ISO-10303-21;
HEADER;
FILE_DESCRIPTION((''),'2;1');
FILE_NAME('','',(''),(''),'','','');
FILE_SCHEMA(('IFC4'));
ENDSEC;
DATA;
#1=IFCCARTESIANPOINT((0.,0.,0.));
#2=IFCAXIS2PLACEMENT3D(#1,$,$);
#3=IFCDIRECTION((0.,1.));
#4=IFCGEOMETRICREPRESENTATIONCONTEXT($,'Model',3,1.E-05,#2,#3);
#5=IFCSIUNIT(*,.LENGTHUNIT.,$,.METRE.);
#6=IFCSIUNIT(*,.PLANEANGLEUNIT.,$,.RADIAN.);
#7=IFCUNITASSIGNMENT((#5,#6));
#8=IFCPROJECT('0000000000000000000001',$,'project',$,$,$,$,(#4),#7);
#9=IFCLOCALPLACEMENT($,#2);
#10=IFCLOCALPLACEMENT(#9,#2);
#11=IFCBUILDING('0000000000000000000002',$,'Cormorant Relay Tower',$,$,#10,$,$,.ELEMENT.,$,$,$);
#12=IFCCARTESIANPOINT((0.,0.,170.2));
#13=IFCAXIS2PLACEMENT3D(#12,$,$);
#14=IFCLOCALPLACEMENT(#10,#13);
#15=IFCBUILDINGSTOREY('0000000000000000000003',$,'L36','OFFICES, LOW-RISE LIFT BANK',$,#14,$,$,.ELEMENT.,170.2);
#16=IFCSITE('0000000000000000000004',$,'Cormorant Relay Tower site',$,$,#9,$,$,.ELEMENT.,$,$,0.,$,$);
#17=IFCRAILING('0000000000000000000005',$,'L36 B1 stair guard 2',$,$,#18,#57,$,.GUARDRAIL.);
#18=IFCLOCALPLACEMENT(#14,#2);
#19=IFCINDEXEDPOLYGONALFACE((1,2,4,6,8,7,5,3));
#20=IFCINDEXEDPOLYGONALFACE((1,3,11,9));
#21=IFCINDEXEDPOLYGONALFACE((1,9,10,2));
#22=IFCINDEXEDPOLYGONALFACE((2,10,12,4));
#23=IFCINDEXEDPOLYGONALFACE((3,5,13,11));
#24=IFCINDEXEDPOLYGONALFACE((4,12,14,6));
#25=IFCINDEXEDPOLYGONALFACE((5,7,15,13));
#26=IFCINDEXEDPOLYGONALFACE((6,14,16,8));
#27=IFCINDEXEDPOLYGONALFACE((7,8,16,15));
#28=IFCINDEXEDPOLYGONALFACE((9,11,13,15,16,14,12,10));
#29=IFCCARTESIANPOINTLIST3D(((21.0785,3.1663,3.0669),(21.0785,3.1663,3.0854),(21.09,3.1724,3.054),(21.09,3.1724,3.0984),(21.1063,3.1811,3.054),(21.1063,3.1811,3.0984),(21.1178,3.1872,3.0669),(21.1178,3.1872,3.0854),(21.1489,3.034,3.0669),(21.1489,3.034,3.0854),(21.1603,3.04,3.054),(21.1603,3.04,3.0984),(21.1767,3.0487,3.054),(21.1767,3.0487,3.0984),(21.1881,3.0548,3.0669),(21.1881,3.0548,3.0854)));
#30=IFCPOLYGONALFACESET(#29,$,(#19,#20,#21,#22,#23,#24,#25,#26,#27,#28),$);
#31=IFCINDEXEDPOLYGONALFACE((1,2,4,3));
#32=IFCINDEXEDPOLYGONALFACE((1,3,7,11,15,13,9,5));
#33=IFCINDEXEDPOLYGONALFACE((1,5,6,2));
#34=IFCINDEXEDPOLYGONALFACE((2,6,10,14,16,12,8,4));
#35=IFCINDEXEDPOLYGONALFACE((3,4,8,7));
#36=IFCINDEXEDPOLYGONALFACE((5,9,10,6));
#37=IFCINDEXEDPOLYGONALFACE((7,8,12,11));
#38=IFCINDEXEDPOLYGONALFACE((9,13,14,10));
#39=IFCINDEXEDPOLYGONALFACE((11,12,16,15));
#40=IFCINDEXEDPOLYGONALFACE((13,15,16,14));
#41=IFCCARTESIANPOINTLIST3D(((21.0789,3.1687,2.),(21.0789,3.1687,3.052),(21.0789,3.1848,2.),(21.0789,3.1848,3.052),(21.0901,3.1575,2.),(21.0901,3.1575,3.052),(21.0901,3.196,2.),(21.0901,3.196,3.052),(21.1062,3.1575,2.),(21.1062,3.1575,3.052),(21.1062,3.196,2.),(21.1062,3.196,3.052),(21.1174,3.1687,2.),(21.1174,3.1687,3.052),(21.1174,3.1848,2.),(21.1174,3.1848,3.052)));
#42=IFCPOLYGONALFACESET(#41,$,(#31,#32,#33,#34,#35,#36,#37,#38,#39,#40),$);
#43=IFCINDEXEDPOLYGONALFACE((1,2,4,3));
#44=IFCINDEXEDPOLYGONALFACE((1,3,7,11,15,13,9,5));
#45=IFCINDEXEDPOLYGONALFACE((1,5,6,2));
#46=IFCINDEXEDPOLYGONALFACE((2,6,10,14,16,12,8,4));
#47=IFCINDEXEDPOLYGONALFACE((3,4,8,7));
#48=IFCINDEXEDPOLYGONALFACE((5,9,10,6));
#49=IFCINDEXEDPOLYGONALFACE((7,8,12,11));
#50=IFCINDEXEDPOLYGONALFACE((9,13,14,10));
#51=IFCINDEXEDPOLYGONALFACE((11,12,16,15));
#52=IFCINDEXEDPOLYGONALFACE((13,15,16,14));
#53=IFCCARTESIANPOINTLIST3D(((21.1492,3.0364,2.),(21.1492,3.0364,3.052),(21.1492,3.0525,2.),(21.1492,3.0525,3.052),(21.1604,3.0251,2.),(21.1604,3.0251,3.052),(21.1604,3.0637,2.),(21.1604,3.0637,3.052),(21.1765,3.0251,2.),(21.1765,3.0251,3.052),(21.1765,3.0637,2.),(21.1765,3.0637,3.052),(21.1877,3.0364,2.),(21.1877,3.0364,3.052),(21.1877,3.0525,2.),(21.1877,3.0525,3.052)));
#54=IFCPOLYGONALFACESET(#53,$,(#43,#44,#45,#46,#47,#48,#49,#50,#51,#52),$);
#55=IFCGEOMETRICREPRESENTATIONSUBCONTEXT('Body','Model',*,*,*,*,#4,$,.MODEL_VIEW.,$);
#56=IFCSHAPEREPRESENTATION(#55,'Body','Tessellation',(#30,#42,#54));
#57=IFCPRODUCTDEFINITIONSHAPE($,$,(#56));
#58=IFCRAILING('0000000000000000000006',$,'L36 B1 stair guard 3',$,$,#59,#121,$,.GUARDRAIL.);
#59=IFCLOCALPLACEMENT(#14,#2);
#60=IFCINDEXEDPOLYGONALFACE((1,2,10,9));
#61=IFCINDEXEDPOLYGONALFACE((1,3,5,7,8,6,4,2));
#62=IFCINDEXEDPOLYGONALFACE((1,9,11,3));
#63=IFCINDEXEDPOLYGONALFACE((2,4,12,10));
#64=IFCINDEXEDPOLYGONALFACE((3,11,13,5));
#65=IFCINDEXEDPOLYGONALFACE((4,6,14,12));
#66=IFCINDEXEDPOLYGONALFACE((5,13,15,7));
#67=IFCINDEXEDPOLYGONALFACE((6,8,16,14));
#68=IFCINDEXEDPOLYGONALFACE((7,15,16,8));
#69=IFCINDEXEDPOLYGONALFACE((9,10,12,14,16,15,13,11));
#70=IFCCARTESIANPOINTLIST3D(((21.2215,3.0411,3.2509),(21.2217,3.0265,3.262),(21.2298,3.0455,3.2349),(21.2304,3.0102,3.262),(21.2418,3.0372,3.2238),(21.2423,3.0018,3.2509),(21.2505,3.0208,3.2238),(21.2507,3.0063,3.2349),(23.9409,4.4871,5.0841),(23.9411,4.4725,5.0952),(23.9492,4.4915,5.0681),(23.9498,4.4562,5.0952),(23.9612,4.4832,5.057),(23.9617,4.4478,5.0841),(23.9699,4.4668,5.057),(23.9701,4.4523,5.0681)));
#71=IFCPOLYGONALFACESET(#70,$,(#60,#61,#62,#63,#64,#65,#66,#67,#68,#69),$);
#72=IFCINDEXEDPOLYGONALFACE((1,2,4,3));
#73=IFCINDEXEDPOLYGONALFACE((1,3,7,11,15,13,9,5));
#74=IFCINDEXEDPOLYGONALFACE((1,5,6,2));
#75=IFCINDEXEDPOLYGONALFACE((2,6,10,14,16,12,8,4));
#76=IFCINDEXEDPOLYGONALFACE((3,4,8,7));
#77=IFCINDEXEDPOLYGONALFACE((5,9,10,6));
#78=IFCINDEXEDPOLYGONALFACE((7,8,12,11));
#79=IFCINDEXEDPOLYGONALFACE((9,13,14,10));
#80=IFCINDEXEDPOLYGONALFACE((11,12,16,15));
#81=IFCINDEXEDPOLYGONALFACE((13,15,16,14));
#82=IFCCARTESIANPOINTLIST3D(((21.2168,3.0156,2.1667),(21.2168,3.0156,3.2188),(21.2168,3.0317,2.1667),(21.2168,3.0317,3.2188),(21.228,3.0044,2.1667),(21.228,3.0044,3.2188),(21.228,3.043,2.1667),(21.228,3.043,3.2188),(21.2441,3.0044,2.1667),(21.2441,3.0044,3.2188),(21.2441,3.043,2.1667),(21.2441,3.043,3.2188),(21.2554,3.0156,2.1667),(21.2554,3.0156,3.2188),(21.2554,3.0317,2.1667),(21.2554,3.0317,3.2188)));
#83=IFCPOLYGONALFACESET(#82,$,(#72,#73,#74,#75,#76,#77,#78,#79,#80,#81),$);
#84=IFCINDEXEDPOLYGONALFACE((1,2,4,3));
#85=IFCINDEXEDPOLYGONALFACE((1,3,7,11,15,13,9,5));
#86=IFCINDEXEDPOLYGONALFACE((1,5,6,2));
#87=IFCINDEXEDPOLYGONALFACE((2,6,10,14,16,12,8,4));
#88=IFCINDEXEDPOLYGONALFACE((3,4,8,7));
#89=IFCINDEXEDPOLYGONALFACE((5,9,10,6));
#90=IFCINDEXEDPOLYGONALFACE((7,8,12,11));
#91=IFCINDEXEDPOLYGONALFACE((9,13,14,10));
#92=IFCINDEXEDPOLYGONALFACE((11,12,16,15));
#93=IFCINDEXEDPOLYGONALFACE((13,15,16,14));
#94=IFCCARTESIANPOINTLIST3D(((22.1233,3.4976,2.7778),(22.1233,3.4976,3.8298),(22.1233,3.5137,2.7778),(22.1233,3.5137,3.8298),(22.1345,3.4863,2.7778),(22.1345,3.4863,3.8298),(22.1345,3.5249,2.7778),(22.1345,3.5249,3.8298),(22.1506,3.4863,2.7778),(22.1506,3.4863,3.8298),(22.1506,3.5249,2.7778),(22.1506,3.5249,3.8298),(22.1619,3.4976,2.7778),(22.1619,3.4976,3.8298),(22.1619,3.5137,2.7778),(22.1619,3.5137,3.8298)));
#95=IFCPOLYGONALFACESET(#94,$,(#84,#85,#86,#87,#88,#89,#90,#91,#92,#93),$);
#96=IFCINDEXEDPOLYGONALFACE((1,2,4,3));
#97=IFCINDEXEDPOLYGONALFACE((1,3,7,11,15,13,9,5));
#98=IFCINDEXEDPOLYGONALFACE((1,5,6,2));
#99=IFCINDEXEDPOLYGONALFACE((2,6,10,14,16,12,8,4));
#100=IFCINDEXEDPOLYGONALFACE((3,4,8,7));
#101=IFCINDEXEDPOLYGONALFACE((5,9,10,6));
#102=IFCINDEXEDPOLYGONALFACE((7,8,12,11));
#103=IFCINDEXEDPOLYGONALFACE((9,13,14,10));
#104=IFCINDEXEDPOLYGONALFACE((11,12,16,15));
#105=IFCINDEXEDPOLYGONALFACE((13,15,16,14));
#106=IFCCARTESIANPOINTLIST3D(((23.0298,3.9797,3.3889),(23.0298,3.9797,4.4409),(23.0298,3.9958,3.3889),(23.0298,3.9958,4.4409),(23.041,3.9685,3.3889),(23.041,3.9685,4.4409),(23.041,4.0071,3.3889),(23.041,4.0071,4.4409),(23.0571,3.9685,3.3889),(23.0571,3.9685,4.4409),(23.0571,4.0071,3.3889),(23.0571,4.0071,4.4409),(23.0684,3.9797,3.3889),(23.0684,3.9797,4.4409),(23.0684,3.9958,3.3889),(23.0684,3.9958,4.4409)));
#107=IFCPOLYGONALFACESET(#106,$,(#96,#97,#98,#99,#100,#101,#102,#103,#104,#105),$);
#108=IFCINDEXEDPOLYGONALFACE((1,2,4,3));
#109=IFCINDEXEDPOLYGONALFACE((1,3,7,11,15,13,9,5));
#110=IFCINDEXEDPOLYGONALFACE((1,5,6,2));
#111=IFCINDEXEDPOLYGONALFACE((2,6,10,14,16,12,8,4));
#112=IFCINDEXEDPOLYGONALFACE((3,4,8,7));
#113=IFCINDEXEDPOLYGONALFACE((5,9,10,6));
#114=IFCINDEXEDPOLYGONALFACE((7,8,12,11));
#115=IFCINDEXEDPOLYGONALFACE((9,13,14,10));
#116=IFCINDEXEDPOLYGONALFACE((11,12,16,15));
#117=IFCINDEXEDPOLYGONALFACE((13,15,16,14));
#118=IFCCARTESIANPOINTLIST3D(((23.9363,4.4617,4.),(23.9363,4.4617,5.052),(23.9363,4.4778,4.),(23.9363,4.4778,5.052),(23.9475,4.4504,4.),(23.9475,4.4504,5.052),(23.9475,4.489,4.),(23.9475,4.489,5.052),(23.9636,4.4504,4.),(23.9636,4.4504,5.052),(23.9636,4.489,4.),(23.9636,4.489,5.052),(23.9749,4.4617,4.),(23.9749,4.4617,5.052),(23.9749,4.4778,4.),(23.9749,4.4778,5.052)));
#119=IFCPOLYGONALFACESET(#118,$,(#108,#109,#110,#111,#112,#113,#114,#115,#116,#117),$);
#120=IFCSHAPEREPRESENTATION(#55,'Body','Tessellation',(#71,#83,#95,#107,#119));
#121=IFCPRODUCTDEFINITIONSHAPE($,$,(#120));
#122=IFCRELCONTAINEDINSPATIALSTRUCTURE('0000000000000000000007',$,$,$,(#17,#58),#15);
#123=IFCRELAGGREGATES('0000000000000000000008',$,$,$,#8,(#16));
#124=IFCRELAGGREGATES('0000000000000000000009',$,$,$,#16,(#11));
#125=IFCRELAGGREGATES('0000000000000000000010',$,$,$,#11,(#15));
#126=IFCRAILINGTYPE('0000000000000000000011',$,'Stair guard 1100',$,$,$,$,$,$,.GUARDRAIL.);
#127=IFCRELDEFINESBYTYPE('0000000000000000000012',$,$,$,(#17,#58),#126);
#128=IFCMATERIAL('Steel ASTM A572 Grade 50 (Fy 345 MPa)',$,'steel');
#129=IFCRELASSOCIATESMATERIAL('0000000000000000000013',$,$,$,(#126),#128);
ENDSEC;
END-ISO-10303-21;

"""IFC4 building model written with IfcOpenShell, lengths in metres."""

from ifc_helpers import new_model, si_unit, direction, frame, origin, place, context, subcontext, project, spatial, polyline, outline, extrude, material, type_object, element, save


model = new_model("IFC4")

# Units and contexts
model_context = context("Model", 3, precision=1e-05, world=origin(), true_north=direction((0.0, 1.0)))
body_context = subcontext(model_context, "Body", "Model", "MODEL_VIEW")
ifc_project = project(units=[si_unit("LENGTHUNIT", "METRE"), si_unit("PLANEANGLEUNIT", "RADIAN")], contexts=[model_context])

# Site, building, storey
site_placement = place(None, origin())
site = spatial("IfcSite", under=ifc_project, at=site_placement, Name="Cormorant Relay Tower site", CompositionType="ELEMENT", RefElevation=0.0)
building_placement = place(site_placement, origin())
building = spatial("IfcBuilding", under=site, at=building_placement, Name="Cormorant Relay Tower", CompositionType="ELEMENT")
storey_placement = place(building_placement, frame((0.0, 0.0, 170.2)))
storey = spatial("IfcBuildingStorey", under=building, at=storey_placement, Name="L36", Description="OFFICES, LOW-RISE LIFT BANK", CompositionType="ELEMENT", Elevation=170.2)

# Railings
ifc_material_1 = material(Name="Steel ASTM A572 Grade 50 (Fy 345 MPa)", Category="steel")
railing_type = type_object("IfcRailingType", Name="Stair guard 1100", PredefinedType="GUARDRAIL", material=ifc_material_1)
railing_1_placement = place(storey_placement, frame((21.0981, 3.1768, 2.0)))
element("IfcRailing", 1, at=railing_1_placement, inside=storey, type_object=railing_type, Name="L36 B1 stair guard 2", PredefinedType="GUARDRAIL", context=body_context, shape_type="SweptSolid", body=[
    extrude(outline(polyline([(0.0222, 0.0093), (0.0093, 0.0222), (-0.0093, 0.0222), (-0.0222, 0.0093), (-0.0222, -0.0093), (-0.0093, -0.0222), (0.0093, -0.0222), (0.0222, -0.0093), (0.0222, 0.0093)])), frame((0.0, 0.0, 1.0762), z_axis=(0.469235, -0.883074, 0.0), x_axis=(0.883074, 0.469235, 0.0)), (0.0, 0.0, 1.0), 0.1499),
    extrude(outline(polyline([(0.0193, 0.0081), (0.0081, 0.0193), (-0.0081, 0.0193), (-0.0193, 0.0081), (-0.0193, -0.0081), (-0.0081, -0.0193), (0.0081, -0.0193), (0.0193, -0.0081), (0.0193, 0.0081)])), origin(), (0.0, 0.0, 1.0), 1.052),
    extrude(outline(polyline([(0.0193, 0.0081), (0.0081, 0.0193), (-0.0081, 0.0193), (-0.0193, 0.0081), (-0.0193, -0.0081), (-0.0081, -0.0193), (0.0081, -0.0193), (0.0193, -0.0081), (0.0193, 0.0081)])), frame((0.0703, -0.1323, 0.0)), (0.0, 0.0, 1.0), 1.052),
])
railing_2_placement = place(storey_placement, frame((21.2361, 3.0237, 2.1667)))
element("IfcRailing", 2, at=railing_2_placement, inside=storey, type_object=railing_type, Name="L36 B1 stair guard 3", PredefinedType="GUARDRAIL", context=body_context, shape_type="SweptSolid", body=[
    extrude(outline(polyline([(0.0222, 0.0093), (0.0093, 0.0222), (-0.0093, 0.0222), (-0.0222, 0.0093), (-0.0222, -0.0093), (-0.0093, -0.0222), (0.0093, -0.0222), (0.0222, -0.0093), (0.0222, 0.0093)])), frame((0.0, 0.0, 1.0762), z_axis=(0.758714, 0.403435, 0.511463), x_axis=(-0.469489, 0.882938, 0.0)), (0.0, 0.0, 1.0), 3.5842),
    extrude(outline(polyline([(0.0193, 0.0081), (0.0081, 0.0193), (-0.0081, 0.0193), (-0.0193, 0.0081), (-0.0193, -0.0081), (-0.0081, -0.0193), (0.0081, -0.0193), (0.0193, -0.0081), (0.0193, 0.0081)])), origin(), (0.0, 0.0, 1.0), 1.052),
    extrude(outline(polyline([(0.0193, 0.0081), (0.0081, 0.0193), (-0.0081, 0.0193), (-0.0193, 0.0081), (-0.0193, -0.0081), (-0.0081, -0.0193), (0.0081, -0.0193), (0.0193, -0.0081), (0.0193, 0.0081)])), frame((0.9065, 0.4819, 0.6111)), (0.0, 0.0, 1.0), 1.052),
    extrude(outline(polyline([(0.0193, 0.0081), (0.0081, 0.0193), (-0.0081, 0.0193), (-0.0193, 0.0081), (-0.0193, -0.0081), (-0.0081, -0.0193), (0.0081, -0.0193), (0.0193, -0.0081), (0.0193, 0.0081)])), frame((1.813, 0.9641, 1.2222)), (0.0, 0.0, 1.0), 1.052),
    extrude(outline(polyline([(0.0193, 0.0081), (0.0081, 0.0193), (-0.0081, 0.0193), (-0.0193, 0.0081), (-0.0193, -0.0081), (-0.0081, -0.0193), (0.0081, -0.0193), (0.0193, -0.0081), (0.0193, 0.0081)])), frame((2.7195, 1.446, 1.8333)), (0.0, 0.0, 1.0), 1.052),
])

save(model, "model.ifc")
